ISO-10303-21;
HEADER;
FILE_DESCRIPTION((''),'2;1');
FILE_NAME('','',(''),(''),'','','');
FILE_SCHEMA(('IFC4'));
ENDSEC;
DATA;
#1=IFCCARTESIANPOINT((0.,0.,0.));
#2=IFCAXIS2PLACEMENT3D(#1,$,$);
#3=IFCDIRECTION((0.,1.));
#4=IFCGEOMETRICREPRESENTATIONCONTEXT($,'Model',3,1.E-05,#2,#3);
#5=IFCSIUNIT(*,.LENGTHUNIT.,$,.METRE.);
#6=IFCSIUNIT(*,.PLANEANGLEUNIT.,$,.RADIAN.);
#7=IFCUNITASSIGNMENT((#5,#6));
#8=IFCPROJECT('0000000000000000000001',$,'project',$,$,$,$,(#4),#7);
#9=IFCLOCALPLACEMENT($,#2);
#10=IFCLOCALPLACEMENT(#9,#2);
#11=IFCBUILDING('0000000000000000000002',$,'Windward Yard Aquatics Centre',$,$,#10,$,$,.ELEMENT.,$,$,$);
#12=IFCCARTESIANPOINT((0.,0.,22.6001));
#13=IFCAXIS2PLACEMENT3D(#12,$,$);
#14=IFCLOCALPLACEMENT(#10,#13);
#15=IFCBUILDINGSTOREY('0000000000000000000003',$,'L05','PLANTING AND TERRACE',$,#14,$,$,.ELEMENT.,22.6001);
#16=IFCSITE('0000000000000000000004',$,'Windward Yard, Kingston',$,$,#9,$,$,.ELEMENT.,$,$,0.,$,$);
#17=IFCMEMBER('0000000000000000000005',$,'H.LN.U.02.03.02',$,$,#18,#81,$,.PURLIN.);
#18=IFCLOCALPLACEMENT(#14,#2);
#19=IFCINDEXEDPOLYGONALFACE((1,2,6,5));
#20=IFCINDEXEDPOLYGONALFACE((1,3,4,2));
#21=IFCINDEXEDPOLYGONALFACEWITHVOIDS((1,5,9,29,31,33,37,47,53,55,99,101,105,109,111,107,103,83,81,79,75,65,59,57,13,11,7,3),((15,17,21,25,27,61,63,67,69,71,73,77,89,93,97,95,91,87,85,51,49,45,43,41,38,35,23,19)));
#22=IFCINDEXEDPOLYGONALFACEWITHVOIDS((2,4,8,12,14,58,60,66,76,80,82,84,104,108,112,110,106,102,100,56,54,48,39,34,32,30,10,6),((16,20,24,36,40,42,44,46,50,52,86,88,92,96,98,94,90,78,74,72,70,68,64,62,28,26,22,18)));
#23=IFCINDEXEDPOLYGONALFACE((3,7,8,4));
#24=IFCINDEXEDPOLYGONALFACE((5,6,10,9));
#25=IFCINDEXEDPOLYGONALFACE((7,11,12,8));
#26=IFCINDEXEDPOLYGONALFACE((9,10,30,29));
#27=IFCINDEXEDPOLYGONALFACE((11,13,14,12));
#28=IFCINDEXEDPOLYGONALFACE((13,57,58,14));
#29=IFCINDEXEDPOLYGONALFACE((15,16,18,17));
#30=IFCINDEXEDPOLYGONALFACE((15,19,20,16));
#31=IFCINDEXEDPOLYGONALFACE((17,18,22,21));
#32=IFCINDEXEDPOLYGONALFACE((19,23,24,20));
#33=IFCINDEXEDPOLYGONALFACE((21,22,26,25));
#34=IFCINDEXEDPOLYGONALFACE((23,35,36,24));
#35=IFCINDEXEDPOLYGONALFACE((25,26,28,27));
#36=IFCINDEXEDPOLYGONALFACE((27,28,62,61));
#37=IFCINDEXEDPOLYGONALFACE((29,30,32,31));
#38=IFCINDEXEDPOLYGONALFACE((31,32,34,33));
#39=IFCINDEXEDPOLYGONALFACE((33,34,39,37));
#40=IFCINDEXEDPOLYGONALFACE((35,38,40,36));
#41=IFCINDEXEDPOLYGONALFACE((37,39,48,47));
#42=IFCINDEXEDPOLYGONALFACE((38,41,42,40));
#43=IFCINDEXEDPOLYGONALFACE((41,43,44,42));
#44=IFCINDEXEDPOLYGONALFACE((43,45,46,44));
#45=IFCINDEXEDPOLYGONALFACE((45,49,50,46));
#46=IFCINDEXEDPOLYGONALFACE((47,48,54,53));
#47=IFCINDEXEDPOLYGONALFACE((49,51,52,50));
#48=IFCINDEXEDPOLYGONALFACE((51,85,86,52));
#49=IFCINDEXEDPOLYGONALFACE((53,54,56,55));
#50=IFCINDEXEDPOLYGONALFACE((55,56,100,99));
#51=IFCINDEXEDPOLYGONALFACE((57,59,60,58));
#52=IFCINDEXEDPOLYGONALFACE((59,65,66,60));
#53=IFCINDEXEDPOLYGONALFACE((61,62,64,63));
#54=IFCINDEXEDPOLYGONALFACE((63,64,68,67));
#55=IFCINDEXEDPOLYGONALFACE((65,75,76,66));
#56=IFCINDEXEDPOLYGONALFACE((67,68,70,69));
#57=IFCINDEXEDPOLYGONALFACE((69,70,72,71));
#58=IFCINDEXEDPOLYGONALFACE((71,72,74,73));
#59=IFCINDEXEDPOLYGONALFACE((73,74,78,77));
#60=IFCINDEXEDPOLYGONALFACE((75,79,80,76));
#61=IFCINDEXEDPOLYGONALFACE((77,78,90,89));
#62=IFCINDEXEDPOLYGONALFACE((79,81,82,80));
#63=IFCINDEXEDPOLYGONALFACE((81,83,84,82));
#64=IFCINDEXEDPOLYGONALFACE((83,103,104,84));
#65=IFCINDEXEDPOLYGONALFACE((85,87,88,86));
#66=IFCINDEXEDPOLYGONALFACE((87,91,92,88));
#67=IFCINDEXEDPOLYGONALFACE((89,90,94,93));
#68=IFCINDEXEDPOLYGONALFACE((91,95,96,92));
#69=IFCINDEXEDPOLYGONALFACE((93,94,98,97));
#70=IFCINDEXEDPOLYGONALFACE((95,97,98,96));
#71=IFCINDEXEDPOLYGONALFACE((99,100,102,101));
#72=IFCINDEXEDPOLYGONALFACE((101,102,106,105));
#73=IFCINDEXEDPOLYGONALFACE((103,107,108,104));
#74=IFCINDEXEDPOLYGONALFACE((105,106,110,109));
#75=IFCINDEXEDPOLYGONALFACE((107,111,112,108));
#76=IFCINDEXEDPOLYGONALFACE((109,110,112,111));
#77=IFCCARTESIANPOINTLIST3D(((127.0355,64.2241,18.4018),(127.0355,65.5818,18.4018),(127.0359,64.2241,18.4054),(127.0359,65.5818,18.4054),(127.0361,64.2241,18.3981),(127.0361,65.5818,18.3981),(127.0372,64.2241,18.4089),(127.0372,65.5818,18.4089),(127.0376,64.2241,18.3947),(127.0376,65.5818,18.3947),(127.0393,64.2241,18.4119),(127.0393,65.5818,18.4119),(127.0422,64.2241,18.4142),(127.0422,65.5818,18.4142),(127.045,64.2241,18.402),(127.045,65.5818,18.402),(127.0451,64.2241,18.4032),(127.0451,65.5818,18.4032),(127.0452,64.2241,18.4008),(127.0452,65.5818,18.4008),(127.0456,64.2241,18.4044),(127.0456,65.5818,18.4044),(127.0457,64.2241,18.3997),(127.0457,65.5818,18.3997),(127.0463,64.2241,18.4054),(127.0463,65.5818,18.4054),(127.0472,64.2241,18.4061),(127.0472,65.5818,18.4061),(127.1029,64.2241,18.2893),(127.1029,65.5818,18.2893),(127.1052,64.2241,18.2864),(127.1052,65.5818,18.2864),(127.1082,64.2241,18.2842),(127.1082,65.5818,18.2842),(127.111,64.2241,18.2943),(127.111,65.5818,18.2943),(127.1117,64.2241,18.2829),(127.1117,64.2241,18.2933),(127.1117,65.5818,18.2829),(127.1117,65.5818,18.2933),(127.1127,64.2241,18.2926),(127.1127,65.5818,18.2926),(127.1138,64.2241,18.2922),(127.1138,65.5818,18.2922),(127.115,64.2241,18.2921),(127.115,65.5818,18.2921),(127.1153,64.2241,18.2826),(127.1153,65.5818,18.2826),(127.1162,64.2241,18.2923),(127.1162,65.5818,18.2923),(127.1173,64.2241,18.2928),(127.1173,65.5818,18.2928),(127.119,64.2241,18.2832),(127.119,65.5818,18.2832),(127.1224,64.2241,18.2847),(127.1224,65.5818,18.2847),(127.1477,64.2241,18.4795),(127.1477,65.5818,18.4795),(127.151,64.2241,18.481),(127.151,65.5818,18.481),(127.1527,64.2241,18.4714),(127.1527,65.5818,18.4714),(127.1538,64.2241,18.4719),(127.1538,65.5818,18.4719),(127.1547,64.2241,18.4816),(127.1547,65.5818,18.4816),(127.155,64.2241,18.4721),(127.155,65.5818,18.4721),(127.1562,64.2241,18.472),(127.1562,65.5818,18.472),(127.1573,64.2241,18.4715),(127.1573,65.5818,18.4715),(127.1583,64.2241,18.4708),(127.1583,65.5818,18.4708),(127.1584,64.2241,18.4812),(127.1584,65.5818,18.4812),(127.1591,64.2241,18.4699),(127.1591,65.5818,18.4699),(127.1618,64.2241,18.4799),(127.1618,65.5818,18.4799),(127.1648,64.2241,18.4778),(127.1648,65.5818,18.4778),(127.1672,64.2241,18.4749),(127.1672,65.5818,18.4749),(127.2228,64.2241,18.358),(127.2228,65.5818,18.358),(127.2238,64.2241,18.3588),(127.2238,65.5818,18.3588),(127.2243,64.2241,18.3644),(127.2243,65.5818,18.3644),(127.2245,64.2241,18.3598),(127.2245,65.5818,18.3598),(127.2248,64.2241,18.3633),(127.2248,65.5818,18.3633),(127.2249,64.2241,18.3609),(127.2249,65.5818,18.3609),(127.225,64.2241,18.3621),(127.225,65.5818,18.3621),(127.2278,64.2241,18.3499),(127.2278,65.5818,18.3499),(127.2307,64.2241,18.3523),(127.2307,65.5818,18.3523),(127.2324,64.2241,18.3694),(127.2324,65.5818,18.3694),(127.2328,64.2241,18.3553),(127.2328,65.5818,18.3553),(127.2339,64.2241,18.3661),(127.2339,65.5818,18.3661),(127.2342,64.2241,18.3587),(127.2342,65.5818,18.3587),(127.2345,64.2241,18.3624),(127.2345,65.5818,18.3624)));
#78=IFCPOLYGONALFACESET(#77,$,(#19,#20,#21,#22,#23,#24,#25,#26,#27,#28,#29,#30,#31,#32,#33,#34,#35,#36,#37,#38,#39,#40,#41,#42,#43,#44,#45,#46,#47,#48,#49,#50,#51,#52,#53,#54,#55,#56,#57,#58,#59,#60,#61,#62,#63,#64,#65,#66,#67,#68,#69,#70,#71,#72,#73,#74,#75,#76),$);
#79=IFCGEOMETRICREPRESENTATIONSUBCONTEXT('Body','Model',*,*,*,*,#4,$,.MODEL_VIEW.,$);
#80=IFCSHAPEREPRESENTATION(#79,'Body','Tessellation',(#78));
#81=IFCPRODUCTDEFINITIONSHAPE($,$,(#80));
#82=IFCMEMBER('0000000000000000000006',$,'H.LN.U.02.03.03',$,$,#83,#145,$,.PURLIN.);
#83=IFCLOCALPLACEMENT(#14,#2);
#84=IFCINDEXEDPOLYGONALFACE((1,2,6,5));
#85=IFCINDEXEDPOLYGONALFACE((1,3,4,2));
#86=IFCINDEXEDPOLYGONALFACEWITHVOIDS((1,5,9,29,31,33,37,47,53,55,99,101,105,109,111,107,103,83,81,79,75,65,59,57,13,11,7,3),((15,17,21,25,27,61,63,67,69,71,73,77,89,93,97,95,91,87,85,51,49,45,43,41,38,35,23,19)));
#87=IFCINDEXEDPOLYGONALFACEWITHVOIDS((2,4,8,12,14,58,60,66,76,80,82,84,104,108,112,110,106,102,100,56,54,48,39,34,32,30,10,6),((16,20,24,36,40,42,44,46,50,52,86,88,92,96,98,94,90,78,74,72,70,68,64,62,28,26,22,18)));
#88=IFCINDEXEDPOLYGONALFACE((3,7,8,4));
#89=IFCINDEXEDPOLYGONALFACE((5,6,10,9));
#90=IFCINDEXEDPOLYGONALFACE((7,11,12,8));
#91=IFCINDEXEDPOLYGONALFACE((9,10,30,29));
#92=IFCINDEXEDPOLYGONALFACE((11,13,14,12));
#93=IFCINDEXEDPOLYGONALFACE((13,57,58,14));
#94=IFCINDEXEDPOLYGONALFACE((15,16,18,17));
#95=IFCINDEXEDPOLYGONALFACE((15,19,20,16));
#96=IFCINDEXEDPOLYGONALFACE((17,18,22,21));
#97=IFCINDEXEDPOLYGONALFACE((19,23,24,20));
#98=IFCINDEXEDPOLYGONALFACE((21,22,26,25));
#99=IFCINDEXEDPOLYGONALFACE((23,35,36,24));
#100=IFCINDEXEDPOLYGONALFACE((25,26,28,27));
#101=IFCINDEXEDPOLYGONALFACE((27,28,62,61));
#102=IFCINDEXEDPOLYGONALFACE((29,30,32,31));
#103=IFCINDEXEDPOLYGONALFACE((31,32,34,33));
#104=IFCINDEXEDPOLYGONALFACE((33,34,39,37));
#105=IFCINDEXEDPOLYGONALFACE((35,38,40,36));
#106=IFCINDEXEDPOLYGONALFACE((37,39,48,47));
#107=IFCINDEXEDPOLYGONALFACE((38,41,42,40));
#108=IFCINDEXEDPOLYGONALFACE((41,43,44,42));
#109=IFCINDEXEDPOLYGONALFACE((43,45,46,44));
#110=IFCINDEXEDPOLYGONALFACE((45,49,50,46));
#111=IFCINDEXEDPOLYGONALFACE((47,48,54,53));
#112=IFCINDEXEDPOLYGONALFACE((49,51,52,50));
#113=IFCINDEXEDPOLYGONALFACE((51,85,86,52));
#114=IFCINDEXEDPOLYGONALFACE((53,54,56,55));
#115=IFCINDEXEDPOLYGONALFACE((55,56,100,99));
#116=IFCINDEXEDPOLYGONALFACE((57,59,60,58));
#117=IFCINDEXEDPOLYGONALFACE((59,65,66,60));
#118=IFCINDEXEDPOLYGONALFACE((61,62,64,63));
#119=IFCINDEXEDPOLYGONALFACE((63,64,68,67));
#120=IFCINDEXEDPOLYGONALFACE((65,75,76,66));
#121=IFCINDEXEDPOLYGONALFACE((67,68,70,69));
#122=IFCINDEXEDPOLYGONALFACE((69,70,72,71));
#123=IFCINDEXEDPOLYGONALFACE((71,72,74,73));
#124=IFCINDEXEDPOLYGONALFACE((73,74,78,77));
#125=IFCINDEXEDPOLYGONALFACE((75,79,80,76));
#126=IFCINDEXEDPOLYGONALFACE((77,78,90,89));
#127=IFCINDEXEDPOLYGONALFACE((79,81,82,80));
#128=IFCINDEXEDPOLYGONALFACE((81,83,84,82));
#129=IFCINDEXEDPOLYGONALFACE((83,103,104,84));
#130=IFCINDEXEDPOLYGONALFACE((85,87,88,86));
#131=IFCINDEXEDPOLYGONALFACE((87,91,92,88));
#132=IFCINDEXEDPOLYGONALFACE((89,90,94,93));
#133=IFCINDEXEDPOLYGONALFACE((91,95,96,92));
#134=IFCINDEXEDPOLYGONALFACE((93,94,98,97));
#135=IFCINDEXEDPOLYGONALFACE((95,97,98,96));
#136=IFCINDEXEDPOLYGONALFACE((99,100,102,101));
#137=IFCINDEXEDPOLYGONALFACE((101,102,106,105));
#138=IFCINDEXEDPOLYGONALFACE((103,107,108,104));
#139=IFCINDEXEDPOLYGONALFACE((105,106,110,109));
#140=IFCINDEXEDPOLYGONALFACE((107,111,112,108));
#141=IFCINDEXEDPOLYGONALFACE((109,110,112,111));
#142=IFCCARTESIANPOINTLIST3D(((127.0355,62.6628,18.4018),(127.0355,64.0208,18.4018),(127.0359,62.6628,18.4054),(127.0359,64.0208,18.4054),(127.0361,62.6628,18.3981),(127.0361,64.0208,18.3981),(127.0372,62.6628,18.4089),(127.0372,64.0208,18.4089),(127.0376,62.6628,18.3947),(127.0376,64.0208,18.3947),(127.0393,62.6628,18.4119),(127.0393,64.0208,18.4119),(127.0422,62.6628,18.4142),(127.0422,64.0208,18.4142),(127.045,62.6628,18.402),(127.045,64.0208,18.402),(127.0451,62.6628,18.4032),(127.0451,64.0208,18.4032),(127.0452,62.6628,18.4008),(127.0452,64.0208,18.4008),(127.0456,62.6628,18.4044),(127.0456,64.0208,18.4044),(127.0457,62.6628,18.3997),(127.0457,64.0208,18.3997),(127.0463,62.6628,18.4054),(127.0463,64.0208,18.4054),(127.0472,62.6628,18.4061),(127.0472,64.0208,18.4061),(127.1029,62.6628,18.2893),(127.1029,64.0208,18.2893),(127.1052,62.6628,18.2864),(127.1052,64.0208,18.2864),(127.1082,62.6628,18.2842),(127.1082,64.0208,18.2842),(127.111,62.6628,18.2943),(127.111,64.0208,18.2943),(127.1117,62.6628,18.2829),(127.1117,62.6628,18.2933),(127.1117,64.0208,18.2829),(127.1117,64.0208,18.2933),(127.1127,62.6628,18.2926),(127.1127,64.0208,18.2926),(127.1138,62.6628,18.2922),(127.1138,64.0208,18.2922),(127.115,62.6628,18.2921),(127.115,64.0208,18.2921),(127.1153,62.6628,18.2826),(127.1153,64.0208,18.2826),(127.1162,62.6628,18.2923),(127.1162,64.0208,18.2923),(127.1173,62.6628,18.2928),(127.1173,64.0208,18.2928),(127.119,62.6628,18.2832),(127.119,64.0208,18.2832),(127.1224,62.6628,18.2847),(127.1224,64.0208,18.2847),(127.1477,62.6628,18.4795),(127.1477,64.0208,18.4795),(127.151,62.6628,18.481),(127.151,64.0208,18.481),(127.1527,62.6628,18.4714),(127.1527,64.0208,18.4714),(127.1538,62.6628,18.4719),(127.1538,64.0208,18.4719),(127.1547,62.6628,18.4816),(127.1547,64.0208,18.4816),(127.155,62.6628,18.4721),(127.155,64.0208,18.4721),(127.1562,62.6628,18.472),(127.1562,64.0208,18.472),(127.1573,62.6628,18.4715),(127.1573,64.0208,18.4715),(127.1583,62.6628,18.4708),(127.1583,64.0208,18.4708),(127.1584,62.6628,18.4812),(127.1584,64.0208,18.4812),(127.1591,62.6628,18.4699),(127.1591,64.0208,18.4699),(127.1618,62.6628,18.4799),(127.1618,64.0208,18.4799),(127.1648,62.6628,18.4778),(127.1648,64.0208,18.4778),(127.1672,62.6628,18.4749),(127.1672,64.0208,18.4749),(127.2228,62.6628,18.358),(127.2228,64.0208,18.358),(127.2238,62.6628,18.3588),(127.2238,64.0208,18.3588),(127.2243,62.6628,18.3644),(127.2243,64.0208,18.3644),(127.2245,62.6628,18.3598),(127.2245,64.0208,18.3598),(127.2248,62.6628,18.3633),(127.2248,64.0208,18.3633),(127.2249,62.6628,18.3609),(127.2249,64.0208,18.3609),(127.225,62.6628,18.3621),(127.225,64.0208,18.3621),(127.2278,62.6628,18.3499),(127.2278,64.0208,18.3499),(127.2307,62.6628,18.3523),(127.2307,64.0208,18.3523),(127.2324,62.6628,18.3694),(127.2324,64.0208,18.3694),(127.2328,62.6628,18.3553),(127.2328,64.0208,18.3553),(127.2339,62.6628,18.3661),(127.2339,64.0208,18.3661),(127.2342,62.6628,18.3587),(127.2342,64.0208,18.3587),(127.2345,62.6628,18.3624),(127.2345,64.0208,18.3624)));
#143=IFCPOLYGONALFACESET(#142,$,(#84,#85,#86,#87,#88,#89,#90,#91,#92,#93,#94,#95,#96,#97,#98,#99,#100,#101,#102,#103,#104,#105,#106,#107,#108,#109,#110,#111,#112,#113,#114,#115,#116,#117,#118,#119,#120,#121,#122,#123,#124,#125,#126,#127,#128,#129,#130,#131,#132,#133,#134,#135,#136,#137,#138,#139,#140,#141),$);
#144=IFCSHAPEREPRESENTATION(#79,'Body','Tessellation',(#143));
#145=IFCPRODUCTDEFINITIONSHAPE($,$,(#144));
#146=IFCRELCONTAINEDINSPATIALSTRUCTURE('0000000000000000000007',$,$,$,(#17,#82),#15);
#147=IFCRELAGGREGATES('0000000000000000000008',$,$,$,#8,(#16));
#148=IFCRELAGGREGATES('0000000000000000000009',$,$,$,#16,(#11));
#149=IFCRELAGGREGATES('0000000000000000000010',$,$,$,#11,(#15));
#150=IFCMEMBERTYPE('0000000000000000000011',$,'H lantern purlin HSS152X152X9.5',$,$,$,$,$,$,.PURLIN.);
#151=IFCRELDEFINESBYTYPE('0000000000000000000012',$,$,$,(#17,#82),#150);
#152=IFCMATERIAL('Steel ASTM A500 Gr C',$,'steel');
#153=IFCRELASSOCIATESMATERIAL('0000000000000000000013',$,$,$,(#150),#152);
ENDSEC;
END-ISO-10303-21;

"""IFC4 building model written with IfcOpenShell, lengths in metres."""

from ifc_helpers import new_model, si_unit, direction, frame, origin, origin_2d, place, context, subcontext, project, spatial, hollow_rectangle, extrude, material, material_profile, profile_set, type_object, element, save


model = new_model("IFC4")

# Units and contexts
model_context = context("Model", 3, precision=1e-05, world=origin(), true_north=direction((0.0, 1.0)))
body_context = subcontext(model_context, "Body", "Model", "MODEL_VIEW")
ifc_project = project(units=[si_unit("LENGTHUNIT", "METRE"), si_unit("PLANEANGLEUNIT", "RADIAN")], contexts=[model_context])

# Site, building, storey
site_placement = place(None, origin())
site = spatial("IfcSite", under=ifc_project, at=site_placement, Name="Windward Yard, Kingston", CompositionType="ELEMENT", RefElevation=0.0)
building_placement = place(site_placement, origin())
building = spatial("IfcBuilding", under=site, at=building_placement, Name="Windward Yard Aquatics Centre", CompositionType="ELEMENT")
storey_placement = place(building_placement, frame((0.0, 0.0, 22.6001)))
storey = spatial("IfcBuildingStorey", under=building, at=storey_placement, Name="L05", Description="PLANTING AND TERRACE", CompositionType="ELEMENT", Elevation=22.6001)

# Members
ifc_material_1 = material(Name="Steel ASTM A500 Gr C", Category="steel")
ifc_material_profile = material_profile(ifc_material_1, hollow_rectangle(XDim=0.1523, YDim=0.1523, WallThickness=0.0095, InnerFilletRadius=0.0046, OuterFilletRadius=0.0142, at=origin_2d()), Name="HSS152X152X9.5")
ifc_profile_set = profile_set([ifc_material_profile], Name="Steel ASTM A500 Gr C")
member_type = type_object("IfcMemberType", Name="H lantern purlin HSS152X152X9.5", PredefinedType="PURLIN", material=ifc_profile_set)
member_1_placement = place(storey_placement, frame((127.135, 65.5818, 18.3821), z_axis=(0.0, -1.0, 0.0), x_axis=(0.526172, 0.0, -0.850378)))
element("IfcMember", 1, at=member_1_placement, inside=storey, type_object=member_type, Name="H.LN.U.02.03.02", PredefinedType="PURLIN", context=body_context, shape_type="SweptSolid", body=[
    extrude(hollow_rectangle(XDim=0.1523, YDim=0.1523, WallThickness=0.0095, InnerFilletRadius=0.0046, OuterFilletRadius=0.0142, at=origin_2d()), origin(), (0.0, 0.0, 1.0), 1.3577),
])
member_2_placement = place(storey_placement, frame((127.135, 64.0208, 18.3821), z_axis=(0.0, -1.0, 0.0), x_axis=(0.526172, 0.0, -0.850378)))
element("IfcMember", 2, at=member_2_placement, inside=storey, type_object=member_type, Name="H.LN.U.02.03.03", PredefinedType="PURLIN", context=body_context, shape_type="SweptSolid", body=[
    extrude(hollow_rectangle(XDim=0.1523, YDim=0.1523, WallThickness=0.0095, InnerFilletRadius=0.0046, OuterFilletRadius=0.0142, at=origin_2d()), origin(), (0.0, 0.0, 1.0), 1.3579),
])

save(model, "model.ifc")
